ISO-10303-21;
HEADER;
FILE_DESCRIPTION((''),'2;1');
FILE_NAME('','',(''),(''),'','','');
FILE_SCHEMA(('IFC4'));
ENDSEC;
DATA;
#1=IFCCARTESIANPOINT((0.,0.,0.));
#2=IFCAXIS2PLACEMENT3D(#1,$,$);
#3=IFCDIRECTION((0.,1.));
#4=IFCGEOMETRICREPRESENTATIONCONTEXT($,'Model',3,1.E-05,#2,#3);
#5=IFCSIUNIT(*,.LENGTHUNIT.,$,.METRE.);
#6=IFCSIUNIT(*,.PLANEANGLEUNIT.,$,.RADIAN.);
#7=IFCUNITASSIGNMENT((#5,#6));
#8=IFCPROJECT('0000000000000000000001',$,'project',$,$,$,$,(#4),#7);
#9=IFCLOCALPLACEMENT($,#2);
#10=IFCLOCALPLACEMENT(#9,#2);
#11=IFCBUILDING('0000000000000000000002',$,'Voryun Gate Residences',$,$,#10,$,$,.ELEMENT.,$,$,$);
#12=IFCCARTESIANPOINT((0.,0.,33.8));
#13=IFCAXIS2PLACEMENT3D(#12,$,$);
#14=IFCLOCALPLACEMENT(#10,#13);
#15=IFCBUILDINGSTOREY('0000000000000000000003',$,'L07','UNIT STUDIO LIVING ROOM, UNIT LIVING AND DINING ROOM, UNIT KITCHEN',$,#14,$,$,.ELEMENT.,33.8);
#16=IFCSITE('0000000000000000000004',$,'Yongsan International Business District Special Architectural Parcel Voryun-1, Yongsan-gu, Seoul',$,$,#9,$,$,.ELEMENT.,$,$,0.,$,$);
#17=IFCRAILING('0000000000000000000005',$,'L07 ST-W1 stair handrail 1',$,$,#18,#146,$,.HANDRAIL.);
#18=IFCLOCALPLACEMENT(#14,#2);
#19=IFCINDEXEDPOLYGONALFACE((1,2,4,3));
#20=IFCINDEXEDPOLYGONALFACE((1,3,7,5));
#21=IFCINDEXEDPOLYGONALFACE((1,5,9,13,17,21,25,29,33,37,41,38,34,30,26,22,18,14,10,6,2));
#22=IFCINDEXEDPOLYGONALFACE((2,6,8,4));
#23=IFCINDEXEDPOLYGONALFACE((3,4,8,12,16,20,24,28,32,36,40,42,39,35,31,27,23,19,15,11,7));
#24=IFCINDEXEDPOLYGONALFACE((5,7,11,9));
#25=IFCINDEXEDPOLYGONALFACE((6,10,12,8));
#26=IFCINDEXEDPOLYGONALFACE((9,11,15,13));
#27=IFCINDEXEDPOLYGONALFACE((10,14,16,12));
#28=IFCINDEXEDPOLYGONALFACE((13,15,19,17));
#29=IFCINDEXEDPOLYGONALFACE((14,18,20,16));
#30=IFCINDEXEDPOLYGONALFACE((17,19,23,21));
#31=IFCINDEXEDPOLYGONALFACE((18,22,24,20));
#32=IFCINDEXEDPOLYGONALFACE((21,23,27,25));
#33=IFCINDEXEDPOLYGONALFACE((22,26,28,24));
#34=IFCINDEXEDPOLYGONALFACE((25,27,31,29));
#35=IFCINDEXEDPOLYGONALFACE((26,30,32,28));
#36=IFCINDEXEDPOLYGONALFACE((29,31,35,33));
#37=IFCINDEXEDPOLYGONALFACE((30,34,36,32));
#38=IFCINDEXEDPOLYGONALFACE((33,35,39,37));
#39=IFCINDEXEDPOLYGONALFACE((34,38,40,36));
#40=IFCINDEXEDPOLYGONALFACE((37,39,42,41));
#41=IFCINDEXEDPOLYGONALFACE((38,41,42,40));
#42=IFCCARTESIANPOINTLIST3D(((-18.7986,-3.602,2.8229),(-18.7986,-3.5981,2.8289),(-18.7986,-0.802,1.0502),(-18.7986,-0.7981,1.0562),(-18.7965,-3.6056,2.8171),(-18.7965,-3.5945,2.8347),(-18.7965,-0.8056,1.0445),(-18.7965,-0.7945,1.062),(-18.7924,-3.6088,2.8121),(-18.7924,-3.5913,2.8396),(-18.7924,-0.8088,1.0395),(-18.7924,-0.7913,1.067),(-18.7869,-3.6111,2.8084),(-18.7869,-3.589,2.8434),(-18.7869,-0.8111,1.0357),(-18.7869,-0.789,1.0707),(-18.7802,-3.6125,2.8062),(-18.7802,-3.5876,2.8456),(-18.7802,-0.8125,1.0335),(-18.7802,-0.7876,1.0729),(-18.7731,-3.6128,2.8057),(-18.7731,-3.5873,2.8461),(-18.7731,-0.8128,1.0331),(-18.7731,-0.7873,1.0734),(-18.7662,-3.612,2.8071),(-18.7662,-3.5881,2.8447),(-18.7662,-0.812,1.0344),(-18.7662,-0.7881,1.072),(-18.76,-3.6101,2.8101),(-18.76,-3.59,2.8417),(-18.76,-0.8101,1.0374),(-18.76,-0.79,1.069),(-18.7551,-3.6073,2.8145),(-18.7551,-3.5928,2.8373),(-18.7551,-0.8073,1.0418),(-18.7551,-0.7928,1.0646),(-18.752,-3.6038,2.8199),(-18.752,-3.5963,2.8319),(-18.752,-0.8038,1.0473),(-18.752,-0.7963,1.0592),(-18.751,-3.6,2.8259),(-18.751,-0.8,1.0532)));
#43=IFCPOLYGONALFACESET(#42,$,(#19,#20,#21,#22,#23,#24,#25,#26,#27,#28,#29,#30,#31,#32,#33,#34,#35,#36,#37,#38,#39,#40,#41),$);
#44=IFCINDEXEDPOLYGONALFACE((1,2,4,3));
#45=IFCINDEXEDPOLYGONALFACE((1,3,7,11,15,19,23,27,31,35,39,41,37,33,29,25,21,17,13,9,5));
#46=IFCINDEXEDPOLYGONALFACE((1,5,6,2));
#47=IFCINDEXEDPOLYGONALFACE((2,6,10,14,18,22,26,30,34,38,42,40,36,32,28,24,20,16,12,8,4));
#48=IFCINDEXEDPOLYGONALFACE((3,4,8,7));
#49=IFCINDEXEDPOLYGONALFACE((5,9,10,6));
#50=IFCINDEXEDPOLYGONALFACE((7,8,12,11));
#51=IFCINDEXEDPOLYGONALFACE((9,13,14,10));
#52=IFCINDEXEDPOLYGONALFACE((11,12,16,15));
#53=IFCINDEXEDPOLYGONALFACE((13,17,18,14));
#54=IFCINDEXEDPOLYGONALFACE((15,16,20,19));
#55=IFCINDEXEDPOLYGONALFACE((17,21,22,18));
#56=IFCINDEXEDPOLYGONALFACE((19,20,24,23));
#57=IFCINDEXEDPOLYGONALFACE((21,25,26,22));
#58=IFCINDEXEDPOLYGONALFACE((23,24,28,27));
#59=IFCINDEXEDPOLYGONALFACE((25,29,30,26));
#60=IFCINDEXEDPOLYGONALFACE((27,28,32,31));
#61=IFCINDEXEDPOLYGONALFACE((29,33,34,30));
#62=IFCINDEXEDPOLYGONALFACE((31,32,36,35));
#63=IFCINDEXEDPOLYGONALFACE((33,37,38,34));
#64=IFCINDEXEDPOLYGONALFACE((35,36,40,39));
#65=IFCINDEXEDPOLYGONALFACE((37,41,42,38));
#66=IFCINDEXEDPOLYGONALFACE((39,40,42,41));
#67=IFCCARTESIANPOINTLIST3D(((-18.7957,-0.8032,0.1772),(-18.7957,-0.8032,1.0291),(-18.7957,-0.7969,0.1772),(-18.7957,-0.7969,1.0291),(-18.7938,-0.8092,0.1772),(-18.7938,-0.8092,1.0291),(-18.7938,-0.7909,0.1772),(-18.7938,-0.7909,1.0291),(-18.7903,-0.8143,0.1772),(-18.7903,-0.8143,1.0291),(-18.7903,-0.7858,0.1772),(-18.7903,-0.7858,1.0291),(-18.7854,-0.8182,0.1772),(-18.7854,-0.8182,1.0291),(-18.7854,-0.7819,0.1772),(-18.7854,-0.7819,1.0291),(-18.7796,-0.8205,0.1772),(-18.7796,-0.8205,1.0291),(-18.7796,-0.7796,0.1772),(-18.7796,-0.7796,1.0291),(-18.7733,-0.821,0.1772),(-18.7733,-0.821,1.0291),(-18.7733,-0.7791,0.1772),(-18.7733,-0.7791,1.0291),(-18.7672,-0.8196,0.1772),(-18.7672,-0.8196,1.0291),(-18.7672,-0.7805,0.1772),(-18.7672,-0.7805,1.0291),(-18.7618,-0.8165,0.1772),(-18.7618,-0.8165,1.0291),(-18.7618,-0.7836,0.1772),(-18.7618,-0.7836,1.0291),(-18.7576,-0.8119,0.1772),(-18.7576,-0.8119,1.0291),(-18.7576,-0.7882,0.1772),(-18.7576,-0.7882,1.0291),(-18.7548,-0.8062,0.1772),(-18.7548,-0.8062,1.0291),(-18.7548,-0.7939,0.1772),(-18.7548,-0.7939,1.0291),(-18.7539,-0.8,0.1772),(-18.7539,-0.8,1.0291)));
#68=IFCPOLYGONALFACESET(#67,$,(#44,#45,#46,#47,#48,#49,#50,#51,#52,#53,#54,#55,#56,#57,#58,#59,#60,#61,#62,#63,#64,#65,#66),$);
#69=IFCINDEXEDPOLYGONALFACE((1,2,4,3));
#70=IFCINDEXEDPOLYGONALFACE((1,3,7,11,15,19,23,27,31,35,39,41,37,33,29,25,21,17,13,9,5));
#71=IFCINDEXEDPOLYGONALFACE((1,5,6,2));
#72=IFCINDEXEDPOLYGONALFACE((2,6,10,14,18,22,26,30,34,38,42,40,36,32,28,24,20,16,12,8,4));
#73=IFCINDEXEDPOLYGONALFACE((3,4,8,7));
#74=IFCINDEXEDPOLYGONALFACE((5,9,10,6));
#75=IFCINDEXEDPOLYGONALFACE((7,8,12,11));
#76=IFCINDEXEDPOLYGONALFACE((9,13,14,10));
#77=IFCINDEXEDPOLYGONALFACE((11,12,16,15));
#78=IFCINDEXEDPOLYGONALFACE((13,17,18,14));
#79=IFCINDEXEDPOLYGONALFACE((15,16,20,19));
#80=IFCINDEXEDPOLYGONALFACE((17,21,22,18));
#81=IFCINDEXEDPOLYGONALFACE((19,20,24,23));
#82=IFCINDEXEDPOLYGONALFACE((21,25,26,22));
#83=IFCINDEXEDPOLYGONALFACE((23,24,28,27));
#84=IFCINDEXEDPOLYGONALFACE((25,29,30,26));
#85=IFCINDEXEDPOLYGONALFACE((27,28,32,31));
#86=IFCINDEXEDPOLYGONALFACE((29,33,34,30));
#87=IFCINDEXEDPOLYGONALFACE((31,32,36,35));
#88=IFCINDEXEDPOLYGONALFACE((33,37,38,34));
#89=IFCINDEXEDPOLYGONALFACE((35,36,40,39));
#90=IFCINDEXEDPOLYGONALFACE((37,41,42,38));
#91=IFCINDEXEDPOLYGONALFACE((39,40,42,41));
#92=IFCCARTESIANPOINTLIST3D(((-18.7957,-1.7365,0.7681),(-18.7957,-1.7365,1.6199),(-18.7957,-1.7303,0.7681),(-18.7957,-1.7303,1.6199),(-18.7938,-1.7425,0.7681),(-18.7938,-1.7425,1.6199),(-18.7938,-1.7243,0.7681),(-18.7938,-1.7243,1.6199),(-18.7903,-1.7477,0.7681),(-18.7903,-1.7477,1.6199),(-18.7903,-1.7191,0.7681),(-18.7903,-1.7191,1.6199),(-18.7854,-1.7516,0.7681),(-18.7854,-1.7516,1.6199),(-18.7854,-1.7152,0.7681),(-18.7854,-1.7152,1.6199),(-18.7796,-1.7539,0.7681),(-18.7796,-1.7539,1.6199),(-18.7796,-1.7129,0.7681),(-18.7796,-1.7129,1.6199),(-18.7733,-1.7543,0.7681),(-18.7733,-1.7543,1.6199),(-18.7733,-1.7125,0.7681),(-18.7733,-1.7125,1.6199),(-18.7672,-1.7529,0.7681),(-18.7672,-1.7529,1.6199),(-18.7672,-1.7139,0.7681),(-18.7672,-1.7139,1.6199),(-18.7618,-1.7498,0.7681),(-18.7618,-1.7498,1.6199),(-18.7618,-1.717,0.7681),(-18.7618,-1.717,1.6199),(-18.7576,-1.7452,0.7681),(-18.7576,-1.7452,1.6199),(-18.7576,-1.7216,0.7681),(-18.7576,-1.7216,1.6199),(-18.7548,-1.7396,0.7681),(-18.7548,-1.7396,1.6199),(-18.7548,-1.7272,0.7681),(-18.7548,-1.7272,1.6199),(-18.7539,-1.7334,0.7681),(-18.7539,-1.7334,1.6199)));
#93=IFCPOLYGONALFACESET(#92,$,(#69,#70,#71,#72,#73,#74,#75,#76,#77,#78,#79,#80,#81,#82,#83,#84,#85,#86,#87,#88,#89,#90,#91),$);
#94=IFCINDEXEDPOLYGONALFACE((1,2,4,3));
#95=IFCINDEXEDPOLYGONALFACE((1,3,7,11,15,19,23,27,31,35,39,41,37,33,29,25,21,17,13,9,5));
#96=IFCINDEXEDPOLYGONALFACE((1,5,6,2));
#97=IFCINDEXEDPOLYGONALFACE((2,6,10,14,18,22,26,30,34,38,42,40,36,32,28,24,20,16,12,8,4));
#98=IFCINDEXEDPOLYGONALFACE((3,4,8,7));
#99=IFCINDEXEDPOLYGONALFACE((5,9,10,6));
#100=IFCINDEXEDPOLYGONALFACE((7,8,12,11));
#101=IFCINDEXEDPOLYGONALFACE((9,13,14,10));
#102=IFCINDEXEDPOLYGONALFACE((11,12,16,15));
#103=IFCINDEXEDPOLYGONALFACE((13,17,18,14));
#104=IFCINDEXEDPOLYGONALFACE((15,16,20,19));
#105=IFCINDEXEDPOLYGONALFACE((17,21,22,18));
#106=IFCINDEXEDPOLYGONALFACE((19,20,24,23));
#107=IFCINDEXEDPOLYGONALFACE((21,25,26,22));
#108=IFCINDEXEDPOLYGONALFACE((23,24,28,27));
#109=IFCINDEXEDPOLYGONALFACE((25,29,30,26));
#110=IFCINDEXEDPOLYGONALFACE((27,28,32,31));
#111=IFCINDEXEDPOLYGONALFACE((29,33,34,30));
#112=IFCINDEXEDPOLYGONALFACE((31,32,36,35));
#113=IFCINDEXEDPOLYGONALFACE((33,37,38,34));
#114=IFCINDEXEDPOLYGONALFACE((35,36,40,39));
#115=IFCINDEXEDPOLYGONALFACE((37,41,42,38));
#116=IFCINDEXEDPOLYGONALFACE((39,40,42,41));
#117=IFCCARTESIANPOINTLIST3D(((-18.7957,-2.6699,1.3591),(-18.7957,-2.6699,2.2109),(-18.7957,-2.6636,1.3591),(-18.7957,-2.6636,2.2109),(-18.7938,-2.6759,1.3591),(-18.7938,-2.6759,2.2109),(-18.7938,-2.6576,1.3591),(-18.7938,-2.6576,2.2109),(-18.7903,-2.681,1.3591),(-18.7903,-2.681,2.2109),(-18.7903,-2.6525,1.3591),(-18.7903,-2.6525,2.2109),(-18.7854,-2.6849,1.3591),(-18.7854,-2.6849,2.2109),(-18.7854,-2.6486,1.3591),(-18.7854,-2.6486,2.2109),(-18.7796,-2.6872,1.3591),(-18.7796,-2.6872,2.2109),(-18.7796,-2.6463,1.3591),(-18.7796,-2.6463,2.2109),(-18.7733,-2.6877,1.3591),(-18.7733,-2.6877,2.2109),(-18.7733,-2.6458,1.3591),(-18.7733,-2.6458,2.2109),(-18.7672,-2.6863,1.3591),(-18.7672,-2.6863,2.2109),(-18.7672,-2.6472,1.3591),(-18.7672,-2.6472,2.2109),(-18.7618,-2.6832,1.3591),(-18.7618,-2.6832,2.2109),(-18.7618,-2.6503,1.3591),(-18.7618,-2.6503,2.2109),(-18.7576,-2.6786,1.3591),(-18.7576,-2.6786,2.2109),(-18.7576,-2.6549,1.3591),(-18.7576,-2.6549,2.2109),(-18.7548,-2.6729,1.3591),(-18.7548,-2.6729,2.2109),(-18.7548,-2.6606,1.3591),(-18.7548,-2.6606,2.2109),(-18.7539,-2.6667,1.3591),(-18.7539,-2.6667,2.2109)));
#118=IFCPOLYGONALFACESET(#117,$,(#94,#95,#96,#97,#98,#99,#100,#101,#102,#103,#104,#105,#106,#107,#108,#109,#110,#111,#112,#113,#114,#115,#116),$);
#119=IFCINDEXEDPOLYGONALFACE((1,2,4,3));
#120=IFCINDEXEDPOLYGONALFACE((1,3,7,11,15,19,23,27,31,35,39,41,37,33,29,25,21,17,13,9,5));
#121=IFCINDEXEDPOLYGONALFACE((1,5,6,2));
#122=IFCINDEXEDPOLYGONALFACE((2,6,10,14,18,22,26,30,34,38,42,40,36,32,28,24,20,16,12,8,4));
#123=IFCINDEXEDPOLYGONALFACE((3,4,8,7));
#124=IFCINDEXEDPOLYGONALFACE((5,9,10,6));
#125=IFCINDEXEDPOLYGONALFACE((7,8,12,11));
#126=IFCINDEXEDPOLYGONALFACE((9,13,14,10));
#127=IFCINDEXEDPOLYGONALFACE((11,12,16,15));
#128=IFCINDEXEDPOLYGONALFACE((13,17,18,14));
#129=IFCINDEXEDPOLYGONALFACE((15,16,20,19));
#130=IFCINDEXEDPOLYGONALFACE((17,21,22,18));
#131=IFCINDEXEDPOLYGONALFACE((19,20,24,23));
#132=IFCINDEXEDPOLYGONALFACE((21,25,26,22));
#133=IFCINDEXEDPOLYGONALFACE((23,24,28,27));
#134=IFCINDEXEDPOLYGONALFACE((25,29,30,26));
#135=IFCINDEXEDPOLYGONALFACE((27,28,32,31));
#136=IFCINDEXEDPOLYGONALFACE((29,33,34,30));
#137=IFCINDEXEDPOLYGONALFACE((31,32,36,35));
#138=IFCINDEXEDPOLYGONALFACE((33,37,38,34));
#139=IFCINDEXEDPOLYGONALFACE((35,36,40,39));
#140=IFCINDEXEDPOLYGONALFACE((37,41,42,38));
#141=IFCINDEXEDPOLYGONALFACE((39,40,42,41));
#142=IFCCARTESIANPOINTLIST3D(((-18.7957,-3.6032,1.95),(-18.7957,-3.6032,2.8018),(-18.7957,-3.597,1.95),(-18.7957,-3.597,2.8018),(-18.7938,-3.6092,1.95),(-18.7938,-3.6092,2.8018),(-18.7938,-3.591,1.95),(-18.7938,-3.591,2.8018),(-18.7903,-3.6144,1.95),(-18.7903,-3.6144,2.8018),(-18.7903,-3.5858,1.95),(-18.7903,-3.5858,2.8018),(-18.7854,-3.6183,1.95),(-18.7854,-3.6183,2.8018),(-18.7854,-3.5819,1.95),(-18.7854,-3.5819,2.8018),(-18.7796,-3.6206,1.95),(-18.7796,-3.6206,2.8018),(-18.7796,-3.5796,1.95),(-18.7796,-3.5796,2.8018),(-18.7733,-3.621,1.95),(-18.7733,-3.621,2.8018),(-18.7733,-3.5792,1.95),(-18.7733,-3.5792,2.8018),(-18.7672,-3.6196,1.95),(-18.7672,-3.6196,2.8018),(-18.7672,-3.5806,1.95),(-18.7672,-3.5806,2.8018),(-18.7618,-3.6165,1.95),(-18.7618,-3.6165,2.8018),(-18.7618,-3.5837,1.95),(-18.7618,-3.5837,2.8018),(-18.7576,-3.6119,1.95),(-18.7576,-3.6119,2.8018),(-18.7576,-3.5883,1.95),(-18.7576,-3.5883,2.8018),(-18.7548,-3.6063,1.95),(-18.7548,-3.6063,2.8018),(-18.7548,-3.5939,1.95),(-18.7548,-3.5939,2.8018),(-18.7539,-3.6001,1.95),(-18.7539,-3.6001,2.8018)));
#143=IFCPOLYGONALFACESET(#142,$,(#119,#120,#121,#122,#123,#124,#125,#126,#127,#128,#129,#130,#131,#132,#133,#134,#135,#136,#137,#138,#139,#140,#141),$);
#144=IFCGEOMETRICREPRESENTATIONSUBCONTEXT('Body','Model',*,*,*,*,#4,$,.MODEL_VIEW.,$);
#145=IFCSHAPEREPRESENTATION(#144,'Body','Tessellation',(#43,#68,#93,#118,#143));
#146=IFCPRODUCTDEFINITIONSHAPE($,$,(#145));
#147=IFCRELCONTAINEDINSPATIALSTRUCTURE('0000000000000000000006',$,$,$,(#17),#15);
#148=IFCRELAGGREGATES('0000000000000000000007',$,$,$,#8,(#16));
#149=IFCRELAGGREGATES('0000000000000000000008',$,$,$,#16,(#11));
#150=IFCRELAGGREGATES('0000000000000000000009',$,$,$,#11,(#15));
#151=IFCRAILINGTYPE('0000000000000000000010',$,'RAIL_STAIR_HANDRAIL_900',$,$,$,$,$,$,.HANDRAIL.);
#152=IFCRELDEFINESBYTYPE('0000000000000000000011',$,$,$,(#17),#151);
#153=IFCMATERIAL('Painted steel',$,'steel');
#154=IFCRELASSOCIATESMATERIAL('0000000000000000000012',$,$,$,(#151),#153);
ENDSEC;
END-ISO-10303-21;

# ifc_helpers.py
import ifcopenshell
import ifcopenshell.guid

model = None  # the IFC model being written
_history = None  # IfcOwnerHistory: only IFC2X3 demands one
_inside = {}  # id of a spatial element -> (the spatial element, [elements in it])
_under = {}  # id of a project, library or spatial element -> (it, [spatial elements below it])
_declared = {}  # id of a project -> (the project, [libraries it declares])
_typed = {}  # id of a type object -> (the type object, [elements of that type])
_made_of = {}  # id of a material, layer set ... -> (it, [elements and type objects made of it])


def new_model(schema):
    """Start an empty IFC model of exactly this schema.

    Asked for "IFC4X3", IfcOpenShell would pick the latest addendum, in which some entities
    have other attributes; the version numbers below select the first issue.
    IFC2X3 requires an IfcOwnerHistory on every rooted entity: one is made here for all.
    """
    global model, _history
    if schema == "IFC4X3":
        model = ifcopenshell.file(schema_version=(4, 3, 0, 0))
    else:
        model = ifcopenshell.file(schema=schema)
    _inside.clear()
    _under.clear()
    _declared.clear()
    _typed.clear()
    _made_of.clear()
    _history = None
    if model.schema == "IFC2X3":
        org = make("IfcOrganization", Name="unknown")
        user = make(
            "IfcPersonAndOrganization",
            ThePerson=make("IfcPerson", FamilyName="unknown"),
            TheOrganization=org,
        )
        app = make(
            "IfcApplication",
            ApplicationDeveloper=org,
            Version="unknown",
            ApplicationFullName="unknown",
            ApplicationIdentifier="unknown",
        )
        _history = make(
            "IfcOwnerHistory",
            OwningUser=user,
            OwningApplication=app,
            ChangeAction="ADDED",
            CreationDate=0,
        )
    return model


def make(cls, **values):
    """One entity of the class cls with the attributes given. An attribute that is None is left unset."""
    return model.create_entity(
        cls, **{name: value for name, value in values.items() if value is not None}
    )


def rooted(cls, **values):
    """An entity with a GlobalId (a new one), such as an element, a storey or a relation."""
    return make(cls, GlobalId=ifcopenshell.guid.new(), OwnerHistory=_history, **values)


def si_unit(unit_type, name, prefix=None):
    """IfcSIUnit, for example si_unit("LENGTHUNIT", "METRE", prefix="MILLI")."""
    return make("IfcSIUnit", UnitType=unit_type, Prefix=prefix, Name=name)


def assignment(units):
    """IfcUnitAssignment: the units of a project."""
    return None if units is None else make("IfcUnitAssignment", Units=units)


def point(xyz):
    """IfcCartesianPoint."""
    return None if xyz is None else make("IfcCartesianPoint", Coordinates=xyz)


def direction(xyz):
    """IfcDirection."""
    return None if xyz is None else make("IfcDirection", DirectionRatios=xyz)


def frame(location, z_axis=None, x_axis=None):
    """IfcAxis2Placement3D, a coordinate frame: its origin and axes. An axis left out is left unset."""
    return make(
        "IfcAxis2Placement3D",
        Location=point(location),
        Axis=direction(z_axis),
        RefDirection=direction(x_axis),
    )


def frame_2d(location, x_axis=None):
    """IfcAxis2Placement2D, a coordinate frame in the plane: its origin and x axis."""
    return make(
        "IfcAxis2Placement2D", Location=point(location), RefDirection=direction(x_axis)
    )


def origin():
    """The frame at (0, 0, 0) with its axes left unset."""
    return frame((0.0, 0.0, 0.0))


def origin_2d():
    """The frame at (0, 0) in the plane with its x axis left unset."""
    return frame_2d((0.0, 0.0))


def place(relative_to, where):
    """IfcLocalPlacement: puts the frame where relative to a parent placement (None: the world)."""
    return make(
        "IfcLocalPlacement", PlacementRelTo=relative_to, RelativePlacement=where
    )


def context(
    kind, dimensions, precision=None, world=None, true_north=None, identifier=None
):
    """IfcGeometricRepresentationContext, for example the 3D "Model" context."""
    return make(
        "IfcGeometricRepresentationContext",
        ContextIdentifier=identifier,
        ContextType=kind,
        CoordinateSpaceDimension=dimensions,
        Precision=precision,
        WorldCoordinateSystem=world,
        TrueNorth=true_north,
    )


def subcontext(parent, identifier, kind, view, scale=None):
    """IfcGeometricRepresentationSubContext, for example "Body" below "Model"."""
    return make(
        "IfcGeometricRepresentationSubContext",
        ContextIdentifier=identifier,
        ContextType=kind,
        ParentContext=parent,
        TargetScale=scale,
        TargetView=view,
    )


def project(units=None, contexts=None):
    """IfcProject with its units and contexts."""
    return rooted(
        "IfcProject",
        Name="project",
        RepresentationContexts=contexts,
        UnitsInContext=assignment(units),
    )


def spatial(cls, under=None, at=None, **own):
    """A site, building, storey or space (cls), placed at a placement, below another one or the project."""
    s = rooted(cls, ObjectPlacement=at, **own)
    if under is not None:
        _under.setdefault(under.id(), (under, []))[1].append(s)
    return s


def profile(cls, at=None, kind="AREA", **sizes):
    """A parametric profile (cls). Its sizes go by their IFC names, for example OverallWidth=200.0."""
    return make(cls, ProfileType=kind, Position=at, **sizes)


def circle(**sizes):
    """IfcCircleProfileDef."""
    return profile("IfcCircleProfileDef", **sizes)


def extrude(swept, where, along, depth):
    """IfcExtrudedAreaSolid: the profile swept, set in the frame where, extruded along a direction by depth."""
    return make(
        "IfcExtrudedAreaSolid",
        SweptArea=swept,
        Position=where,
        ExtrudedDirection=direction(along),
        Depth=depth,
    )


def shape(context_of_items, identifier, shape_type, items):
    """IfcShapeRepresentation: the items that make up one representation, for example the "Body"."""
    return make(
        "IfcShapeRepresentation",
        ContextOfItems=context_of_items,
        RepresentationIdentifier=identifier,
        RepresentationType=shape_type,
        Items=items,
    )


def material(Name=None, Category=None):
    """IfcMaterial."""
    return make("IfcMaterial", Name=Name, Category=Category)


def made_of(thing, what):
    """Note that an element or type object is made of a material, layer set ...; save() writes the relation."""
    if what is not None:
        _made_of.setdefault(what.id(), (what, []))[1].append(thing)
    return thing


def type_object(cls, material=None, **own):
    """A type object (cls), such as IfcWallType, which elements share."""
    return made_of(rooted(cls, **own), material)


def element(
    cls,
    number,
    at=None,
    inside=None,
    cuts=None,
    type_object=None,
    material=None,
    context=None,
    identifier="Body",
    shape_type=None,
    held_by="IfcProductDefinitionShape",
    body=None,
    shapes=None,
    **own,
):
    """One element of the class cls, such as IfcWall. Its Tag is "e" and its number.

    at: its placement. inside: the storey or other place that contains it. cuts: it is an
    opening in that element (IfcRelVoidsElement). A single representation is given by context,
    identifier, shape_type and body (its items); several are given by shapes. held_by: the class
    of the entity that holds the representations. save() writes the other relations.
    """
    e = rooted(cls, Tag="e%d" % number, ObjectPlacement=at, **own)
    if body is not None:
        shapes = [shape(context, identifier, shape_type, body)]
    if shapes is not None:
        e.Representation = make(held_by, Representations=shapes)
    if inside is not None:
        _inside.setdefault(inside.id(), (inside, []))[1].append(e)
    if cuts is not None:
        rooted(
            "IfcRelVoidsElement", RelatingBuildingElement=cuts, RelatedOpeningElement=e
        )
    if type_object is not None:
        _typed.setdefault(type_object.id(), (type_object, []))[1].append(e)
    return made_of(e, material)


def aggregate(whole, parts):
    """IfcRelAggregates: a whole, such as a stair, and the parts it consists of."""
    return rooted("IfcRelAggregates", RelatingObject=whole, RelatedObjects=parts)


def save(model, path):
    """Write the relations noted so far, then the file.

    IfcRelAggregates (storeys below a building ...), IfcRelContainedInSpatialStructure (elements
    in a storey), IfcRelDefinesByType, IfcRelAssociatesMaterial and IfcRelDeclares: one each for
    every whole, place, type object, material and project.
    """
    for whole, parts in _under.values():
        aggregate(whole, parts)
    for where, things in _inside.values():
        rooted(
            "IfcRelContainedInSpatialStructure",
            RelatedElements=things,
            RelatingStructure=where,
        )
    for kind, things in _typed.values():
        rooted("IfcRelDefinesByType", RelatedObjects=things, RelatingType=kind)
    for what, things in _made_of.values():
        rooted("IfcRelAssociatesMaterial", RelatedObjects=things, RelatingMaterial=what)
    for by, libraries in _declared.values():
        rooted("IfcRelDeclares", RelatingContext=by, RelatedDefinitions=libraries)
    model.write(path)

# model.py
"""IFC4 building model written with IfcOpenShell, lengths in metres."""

from ifc_helpers import new_model, si_unit, direction, frame, origin, origin_2d, place, context, subcontext, project, spatial, circle, extrude, material, type_object, element, save


model = new_model("IFC4")

# Units and contexts
model_context = context("Model", 3, precision=1e-05, world=origin(), true_north=direction((0.0, 1.0)))
body_context = subcontext(model_context, "Body", "Model", "MODEL_VIEW")
ifc_project = project(units=[si_unit("LENGTHUNIT", "METRE"), si_unit("PLANEANGLEUNIT", "RADIAN")], contexts=[model_context])

# Site, building, storey
site_placement = place(None, origin())
site = spatial("IfcSite", under=ifc_project, at=site_placement, Name="Yongsan International Business District Special Architectural Parcel Voryun-1, Yongsan-gu, Seoul", CompositionType="ELEMENT", RefElevation=0.0)
building_placement = place(site_placement, origin())
building = spatial("IfcBuilding", under=site, at=building_placement, Name="Voryun Gate Residences", CompositionType="ELEMENT")
storey_placement = place(building_placement, frame((0.0, 0.0, 33.8)))
storey = spatial("IfcBuildingStorey", under=building, at=storey_placement, Name="L07", Description="UNIT STUDIO LIVING ROOM, UNIT LIVING AND DINING ROOM, UNIT KITCHEN", CompositionType="ELEMENT", Elevation=33.8)

# Railing
ifc_material_1 = material(Name="Painted steel", Category="steel")
railing_type_1 = type_object("IfcRailingType", Name="RAIL_STAIR_HANDRAIL_900", PredefinedType="HANDRAIL", material=ifc_material_1)
railing_1_placement = place(storey_placement, frame((-18.7749, -0.8, 0.1772)))
element("IfcRailing", 1, at=railing_1_placement, inside=storey, type_object=railing_type_1, Name="L07 ST-W1 stair handrail 1", PredefinedType="HANDRAIL", context=body_context, shape_type="SweptSolid", body=[
    extrude(circle(Radius=0.0239, at=origin_2d()), frame((0.0, 0.0, 0.876), z_axis=(0.0, -0.844909, 0.53491), x_axis=(1.0, 0.0, 0.0)), (0.0, 0.0, 1.0), 3.314),
    extrude(circle(Radius=0.021, at=origin_2d()), origin(), (0.0, 0.0, 1.0), 0.8518),
    extrude(circle(Radius=0.021, at=origin_2d()), frame((0.0, -0.9333, 0.5908)), (0.0, 0.0, 1.0), 0.8518),
    extrude(circle(Radius=0.021, at=origin_2d()), frame((0.0, -1.8667, 1.1819)), (0.0, 0.0, 1.0), 0.8518),
    extrude(circle(Radius=0.021, at=origin_2d()), frame((0.0, -2.8, 1.7727)), (0.0, 0.0, 1.0), 0.8518),
])

save(model, "model.ifc")
